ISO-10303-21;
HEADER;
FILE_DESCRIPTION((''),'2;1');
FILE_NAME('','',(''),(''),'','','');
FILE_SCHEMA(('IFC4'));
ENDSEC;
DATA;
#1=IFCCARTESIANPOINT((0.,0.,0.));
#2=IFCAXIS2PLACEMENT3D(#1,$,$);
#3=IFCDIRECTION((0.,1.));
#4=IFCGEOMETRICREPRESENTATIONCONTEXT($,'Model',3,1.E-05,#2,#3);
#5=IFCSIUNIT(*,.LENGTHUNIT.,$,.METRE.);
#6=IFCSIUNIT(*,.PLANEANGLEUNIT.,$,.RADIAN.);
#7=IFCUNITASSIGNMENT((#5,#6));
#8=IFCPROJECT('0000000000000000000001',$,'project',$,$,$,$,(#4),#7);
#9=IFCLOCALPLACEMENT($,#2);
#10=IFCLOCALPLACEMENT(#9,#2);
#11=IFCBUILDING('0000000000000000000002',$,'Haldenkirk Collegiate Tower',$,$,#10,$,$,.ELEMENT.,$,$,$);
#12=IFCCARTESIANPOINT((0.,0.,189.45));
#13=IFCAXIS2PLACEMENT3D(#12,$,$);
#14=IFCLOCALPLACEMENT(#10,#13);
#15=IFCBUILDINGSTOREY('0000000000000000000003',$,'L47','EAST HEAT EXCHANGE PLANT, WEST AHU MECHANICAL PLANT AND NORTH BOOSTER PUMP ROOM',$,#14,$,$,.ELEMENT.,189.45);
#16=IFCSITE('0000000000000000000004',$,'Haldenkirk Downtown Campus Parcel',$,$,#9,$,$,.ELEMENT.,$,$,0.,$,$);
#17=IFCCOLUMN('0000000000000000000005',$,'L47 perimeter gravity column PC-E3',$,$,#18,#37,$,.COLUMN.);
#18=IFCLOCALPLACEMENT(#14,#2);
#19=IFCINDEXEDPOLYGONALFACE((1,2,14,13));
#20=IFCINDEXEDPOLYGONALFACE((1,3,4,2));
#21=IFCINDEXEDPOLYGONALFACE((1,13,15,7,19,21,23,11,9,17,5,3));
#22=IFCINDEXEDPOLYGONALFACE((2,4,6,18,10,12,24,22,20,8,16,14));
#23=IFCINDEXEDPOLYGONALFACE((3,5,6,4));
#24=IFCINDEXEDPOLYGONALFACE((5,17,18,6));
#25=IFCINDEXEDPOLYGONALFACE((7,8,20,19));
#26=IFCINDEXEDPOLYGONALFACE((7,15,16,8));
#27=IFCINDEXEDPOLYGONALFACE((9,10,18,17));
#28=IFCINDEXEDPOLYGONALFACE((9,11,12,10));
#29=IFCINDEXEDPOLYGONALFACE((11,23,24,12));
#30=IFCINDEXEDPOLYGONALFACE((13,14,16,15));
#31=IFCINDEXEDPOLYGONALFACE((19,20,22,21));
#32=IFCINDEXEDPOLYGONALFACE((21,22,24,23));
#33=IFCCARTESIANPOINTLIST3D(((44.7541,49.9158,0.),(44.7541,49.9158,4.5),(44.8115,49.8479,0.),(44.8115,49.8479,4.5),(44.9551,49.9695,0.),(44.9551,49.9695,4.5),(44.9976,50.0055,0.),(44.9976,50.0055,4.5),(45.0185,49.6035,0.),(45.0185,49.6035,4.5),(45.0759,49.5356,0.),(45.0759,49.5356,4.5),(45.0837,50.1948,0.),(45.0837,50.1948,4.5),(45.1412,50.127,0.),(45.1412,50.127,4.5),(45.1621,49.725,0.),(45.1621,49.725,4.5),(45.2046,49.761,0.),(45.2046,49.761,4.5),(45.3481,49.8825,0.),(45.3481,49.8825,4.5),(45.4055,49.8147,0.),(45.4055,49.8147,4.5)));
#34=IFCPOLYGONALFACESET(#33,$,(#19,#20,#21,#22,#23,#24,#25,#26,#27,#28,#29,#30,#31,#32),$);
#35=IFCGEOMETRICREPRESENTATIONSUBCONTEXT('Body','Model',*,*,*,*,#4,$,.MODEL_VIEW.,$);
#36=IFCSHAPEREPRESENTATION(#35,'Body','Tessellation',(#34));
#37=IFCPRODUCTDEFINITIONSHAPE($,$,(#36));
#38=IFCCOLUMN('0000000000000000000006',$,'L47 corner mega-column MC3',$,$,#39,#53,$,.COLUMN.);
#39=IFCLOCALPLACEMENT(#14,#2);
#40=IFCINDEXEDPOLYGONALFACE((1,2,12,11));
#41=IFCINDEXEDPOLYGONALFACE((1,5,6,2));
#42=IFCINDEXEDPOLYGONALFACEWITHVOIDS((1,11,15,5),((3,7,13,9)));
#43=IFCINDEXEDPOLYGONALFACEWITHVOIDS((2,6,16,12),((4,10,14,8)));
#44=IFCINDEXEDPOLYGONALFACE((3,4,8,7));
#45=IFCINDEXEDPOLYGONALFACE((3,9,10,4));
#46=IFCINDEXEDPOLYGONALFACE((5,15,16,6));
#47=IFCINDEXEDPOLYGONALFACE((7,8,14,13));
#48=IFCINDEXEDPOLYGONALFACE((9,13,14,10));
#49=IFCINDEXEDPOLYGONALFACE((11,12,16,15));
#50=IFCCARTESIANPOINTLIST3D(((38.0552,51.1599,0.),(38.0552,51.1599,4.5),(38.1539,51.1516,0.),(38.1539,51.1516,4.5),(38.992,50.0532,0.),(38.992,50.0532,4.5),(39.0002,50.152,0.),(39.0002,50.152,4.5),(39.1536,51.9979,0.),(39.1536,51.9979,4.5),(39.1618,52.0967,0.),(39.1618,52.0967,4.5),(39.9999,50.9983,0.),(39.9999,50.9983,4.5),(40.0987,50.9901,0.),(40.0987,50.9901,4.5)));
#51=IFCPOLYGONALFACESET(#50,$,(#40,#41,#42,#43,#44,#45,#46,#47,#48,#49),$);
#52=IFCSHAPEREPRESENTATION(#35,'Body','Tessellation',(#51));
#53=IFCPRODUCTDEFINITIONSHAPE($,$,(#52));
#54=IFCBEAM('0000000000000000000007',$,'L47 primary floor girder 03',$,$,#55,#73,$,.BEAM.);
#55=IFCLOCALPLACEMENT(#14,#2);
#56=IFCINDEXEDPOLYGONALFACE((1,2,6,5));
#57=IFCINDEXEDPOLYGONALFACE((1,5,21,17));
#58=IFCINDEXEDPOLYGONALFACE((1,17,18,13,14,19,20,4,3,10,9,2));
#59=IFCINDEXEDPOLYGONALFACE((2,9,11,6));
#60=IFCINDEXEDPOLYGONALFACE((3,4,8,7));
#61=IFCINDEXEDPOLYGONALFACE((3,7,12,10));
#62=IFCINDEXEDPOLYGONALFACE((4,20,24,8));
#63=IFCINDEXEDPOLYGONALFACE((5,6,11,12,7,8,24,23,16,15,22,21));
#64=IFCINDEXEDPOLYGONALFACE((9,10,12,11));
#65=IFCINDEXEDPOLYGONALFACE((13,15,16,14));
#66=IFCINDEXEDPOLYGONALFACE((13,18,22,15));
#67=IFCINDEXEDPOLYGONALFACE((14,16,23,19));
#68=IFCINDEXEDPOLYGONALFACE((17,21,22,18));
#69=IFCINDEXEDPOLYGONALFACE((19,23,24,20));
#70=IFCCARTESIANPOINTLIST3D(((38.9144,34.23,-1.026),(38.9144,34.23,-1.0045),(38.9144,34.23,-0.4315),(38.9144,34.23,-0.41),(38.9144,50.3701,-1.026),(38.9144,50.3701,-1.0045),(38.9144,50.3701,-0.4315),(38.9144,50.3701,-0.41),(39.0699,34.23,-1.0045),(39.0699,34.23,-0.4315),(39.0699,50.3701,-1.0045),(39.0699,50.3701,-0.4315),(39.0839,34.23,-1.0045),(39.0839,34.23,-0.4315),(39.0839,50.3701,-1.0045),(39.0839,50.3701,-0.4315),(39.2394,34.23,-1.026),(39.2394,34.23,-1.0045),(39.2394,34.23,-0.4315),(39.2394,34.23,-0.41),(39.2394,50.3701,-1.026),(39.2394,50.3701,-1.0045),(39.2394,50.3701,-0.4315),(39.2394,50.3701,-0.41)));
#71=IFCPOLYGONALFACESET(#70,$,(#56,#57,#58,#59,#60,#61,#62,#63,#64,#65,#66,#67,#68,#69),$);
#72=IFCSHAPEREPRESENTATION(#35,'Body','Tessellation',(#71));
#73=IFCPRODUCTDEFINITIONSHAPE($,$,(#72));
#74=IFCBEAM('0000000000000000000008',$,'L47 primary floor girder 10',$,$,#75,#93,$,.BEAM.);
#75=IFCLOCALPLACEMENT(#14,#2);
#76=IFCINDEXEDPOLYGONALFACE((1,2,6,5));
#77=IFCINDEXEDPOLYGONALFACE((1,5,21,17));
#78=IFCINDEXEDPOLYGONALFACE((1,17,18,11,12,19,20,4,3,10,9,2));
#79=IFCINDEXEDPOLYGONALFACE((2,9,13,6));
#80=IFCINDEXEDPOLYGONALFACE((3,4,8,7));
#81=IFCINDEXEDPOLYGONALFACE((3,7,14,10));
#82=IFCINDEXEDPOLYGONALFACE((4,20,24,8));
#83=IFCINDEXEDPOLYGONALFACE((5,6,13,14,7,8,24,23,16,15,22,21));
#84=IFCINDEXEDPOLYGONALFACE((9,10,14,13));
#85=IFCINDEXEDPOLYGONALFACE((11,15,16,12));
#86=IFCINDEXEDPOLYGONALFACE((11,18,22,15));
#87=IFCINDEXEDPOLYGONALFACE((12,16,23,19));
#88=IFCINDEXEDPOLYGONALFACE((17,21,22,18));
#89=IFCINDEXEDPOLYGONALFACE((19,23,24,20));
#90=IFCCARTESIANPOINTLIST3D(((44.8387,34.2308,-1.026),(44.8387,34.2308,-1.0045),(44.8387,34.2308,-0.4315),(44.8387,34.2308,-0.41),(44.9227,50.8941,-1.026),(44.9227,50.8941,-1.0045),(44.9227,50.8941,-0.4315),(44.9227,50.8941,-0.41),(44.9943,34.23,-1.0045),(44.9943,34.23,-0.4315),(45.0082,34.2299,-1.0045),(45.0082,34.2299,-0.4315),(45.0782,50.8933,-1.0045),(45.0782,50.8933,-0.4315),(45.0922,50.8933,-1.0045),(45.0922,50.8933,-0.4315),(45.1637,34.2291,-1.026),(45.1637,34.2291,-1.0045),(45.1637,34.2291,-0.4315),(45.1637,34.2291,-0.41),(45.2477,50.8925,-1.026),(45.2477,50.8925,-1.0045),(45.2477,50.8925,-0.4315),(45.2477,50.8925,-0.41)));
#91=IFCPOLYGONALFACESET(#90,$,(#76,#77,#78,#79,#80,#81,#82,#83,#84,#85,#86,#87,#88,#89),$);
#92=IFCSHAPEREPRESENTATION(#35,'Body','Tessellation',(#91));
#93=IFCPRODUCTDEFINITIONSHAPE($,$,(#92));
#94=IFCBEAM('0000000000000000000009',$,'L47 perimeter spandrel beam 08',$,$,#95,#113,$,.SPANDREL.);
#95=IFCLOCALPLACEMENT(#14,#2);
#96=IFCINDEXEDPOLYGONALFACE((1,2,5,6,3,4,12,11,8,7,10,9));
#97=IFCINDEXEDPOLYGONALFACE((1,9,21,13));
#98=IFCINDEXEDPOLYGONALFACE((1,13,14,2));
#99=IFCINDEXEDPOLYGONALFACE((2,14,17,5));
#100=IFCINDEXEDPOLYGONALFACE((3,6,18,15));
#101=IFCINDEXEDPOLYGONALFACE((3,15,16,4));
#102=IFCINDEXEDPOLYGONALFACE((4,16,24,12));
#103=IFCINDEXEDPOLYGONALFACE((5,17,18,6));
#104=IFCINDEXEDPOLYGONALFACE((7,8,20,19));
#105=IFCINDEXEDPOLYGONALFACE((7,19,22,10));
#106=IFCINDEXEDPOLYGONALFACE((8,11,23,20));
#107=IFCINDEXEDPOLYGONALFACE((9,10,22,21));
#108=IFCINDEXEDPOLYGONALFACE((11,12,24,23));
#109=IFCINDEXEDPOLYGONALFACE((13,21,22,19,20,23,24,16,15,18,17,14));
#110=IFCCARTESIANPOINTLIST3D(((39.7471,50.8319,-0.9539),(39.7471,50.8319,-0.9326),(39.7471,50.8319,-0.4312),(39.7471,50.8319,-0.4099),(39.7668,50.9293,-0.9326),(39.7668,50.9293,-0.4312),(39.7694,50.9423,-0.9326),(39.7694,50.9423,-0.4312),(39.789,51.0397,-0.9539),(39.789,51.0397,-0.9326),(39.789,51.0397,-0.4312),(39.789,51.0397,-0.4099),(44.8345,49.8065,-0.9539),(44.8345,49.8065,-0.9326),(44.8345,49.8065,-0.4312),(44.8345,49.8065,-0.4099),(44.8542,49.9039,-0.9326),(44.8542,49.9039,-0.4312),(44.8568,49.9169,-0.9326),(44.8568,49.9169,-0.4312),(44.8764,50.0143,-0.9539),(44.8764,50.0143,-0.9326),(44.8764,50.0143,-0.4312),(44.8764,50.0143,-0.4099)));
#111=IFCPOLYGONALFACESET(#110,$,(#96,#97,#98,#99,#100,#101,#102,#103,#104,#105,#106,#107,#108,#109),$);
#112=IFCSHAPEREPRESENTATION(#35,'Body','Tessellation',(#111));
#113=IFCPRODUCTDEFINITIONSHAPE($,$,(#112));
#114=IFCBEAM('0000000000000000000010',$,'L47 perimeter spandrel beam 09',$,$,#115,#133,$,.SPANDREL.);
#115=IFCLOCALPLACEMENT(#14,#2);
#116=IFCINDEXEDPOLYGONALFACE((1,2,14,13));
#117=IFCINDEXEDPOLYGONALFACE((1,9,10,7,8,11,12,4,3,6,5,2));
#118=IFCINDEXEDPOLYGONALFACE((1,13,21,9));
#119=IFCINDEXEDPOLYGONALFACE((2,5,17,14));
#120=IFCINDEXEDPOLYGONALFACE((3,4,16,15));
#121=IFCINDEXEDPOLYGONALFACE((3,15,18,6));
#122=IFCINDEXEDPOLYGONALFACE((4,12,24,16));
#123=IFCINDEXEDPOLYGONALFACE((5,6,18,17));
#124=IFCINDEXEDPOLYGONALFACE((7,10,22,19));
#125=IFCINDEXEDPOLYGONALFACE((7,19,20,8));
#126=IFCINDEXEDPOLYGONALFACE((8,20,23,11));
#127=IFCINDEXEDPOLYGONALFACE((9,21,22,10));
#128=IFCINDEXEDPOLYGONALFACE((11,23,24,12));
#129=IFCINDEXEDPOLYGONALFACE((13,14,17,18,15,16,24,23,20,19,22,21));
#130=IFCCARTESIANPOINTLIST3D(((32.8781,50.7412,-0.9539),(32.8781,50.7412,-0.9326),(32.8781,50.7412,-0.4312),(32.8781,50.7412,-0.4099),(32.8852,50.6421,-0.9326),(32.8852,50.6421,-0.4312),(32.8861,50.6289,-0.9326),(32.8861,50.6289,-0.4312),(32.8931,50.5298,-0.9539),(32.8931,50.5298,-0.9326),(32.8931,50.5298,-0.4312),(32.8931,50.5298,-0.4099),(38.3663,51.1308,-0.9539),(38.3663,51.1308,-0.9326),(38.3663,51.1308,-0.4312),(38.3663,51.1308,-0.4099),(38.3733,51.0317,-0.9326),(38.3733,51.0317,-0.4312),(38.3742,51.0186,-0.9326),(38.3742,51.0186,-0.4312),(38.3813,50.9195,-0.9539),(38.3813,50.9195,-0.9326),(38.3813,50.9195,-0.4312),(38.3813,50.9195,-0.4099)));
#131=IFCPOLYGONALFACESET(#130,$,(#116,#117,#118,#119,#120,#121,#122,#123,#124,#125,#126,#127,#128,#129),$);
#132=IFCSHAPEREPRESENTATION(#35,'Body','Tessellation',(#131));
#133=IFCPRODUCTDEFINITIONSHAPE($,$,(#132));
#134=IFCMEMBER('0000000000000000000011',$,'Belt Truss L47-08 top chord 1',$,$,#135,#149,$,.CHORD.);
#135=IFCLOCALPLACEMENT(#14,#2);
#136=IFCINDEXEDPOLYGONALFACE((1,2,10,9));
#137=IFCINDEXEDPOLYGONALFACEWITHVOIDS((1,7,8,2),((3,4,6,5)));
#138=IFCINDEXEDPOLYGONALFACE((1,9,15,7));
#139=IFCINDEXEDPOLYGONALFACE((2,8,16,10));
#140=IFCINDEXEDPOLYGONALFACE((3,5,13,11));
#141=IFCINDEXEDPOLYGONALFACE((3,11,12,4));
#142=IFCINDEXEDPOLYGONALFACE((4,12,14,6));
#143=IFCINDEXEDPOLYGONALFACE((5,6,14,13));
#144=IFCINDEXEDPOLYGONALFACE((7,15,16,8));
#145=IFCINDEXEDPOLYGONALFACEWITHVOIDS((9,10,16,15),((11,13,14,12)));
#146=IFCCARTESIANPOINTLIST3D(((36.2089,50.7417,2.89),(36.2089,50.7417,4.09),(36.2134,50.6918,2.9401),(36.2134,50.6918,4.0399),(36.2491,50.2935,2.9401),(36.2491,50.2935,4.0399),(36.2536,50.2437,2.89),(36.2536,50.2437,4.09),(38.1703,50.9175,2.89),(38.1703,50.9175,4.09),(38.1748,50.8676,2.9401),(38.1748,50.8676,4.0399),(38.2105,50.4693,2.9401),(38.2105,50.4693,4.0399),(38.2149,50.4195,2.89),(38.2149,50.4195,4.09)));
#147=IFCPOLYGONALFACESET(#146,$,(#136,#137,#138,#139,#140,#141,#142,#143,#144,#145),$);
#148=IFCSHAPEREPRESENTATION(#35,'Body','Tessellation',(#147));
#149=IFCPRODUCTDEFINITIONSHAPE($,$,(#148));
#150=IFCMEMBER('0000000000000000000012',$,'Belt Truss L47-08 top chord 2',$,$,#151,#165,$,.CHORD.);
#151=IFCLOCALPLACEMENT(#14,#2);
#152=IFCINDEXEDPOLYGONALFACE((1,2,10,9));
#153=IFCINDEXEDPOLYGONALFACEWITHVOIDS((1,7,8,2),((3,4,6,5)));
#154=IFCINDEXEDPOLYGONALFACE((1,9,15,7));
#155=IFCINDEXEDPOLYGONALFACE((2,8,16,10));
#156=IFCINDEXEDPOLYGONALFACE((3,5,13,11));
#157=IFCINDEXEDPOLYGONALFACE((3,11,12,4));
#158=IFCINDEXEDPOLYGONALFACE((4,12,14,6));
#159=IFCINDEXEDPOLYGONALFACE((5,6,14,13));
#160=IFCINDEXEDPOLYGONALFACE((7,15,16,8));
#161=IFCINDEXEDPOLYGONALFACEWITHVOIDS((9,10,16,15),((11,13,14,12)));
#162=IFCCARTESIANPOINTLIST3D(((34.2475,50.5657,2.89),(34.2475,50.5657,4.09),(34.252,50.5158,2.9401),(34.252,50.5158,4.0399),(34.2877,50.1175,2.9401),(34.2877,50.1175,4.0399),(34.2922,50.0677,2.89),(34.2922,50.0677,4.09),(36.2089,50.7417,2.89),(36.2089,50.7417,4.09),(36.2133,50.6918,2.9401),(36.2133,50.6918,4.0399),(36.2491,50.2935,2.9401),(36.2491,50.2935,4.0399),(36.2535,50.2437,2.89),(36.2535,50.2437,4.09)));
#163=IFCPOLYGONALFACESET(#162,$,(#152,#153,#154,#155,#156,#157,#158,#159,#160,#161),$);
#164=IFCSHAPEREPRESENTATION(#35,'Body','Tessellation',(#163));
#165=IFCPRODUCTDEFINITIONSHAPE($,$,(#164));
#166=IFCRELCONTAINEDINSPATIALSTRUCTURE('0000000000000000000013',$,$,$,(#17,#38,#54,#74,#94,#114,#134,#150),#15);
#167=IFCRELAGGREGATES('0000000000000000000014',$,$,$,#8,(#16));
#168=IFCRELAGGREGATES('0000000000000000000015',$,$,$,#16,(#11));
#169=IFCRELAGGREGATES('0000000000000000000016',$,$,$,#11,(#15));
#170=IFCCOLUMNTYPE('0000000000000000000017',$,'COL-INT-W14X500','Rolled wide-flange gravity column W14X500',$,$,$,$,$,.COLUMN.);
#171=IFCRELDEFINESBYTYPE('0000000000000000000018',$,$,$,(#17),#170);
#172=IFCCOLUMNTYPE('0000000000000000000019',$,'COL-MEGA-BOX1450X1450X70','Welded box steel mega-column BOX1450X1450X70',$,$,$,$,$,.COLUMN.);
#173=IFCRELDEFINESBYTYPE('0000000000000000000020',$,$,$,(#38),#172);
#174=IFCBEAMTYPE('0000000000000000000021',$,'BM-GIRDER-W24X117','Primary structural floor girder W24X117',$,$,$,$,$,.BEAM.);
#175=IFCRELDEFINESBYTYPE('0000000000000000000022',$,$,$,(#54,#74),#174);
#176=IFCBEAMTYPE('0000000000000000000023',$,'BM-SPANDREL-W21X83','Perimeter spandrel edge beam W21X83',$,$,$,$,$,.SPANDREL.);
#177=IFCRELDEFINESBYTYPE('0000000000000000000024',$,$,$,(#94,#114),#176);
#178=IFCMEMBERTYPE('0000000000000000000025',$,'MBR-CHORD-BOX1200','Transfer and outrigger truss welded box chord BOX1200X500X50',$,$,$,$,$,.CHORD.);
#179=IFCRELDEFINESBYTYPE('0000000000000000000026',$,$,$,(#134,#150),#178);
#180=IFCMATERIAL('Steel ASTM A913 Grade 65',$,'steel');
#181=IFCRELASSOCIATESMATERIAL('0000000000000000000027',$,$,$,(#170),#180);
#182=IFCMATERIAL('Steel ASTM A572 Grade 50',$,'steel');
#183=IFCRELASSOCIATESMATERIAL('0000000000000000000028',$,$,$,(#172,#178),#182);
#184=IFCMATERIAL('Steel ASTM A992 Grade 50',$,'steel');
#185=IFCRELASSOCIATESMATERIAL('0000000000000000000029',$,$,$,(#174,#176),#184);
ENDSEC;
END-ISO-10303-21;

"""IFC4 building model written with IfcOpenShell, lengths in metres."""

from ifc_helpers import new_model, si_unit, direction, frame, origin, origin_2d, place, context, subcontext, project, spatial, hollow_rectangle, i_section, extrude, material, material_profile, profile_set, type_object, element, save


model = new_model("IFC4")

# Units and contexts
model_context = context("Model", 3, precision=1e-05, world=origin(), true_north=direction((0.0, 1.0)))
body_context = subcontext(model_context, "Body", "Model", "MODEL_VIEW")
ifc_project = project(units=[si_unit("LENGTHUNIT", "METRE"), si_unit("PLANEANGLEUNIT", "RADIAN")], contexts=[model_context])

# Site, building, storey
site_placement = place(None, origin())
site = spatial("IfcSite", under=ifc_project, at=site_placement, Name="Haldenkirk Downtown Campus Parcel", CompositionType="ELEMENT", RefElevation=0.0)
building_placement = place(site_placement, origin())
building = spatial("IfcBuilding", under=site, at=building_placement, Name="Haldenkirk Collegiate Tower", CompositionType="ELEMENT")
storey_placement = place(building_placement, frame((0.0, 0.0, 189.45)))
storey = spatial("IfcBuildingStorey", under=building, at=storey_placement, Name="L47", Description="EAST HEAT EXCHANGE PLANT, WEST AHU MECHANICAL PLANT AND NORTH BOOSTER PUMP ROOM", CompositionType="ELEMENT", Elevation=189.45)

# Columns
ifc_material_1 = material(Name="Steel ASTM A913 Grade 65", Category="steel")
ifc_material_profile_1 = material_profile(ifc_material_1, i_section(OverallWidth=0.4319, OverallDepth=0.498, WebThickness=0.0557, FlangeThickness=0.0889, at=origin_2d()), Name="W14X500")
ifc_profile_set_1 = profile_set([ifc_material_profile_1], Name="Steel ASTM A913 Grade 65")
column_type_1 = type_object("IfcColumnType", Name="COL-INT-W14X500", Description="Rolled wide-flange gravity column W14X500", PredefinedType="COLUMN", material=ifc_profile_set_1)
column_1_placement = place(storey_placement, frame((45.0798, 49.8652, 0.0), z_axis=(0.0, 0.0, 1.0), x_axis=(0.763232, 0.646124, 0.0)))
element("IfcColumn", 1, at=column_1_placement, inside=storey, type_object=column_type_1, Name="L47 perimeter gravity column PC-E3", PredefinedType="COLUMN", context=body_context, shape_type="SweptSolid", body=[
    extrude(i_section(OverallWidth=0.4319, OverallDepth=0.498, WebThickness=0.0557, FlangeThickness=0.0889, at=origin_2d()), origin(), (0.0, 0.0, 1.0), 4.5),
])
ifc_material_2 = material(Name="Steel ASTM A572 Grade 50", Category="steel")
ifc_material_profile_2 = material_profile(ifc_material_2, hollow_rectangle(XDim=1.45, YDim=1.45, WallThickness=0.0701, at=origin_2d()), Name="BOX1450X1450X70")
ifc_profile_set_2 = profile_set([ifc_material_profile_2], Name="Steel ASTM A572 Grade 50")
column_type_2 = type_object("IfcColumnType", Name="COL-MEGA-BOX1450X1450X70", Description="Welded box steel mega-column BOX1450X1450X70", PredefinedType="COLUMN", material=ifc_profile_set_2)
column_2_placement = place(storey_placement, frame((39.0769, 51.075, 0.0), z_axis=(0.0, 0.0, 1.0), x_axis=(0.763232, 0.646124, 0.0)))
element("IfcColumn", 2, at=column_2_placement, inside=storey, type_object=column_type_2, Name="L47 corner mega-column MC3", PredefinedType="COLUMN", context=body_context, shape_type="SweptSolid", body=[
    extrude(hollow_rectangle(XDim=1.45, YDim=1.45, WallThickness=0.0701, at=origin_2d()), origin(), (0.0, 0.0, 1.0), 4.5),
])

# Beams
ifc_material_3 = material(Name="Steel ASTM A992 Grade 50", Category="steel")
ifc_material_profile_3 = material_profile(ifc_material_3, i_section(OverallWidth=0.325, OverallDepth=0.616, WebThickness=0.0139, FlangeThickness=0.0215, at=origin_2d()), Name="W24X117")
ifc_profile_set_3 = profile_set([ifc_material_profile_3], Name="Steel ASTM A992 Grade 50")
beam_type_1 = type_object("IfcBeamType", Name="BM-GIRDER-W24X117", Description="Primary structural floor girder W24X117", PredefinedType="BEAM", material=ifc_profile_set_3)
beam_1_placement = place(storey_placement, frame((39.0769, 50.3701, -0.718), z_axis=(0.0, -1.0, 0.0), x_axis=(1.0, 0.0, 0.0)))
element("IfcBeam", 3, at=beam_1_placement, inside=storey, type_object=beam_type_1, Name="L47 primary floor girder 03", PredefinedType="BEAM", context=body_context, shape_type="SweptSolid", body=[
    extrude(i_section(OverallWidth=0.325, OverallDepth=0.616, WebThickness=0.0139, FlangeThickness=0.0215, at=origin_2d()), origin(), (0.0, 0.0, 1.0), 16.1401),
])
beam_2_placement = place(storey_placement, frame((45.0852, 50.8933, -0.718), z_axis=(-0.00504, -0.999987, 0.0), x_axis=(0.999987, -0.00504, 0.0)))
element("IfcBeam", 4, at=beam_2_placement, inside=storey, type_object=beam_type_1, Name="L47 primary floor girder 10", PredefinedType="BEAM", context=body_context, shape_type="SweptSolid", body=[
    extrude(i_section(OverallWidth=0.325, OverallDepth=0.616, WebThickness=0.0139, FlangeThickness=0.0215, at=origin_2d()), origin(), (0.0, 0.0, 1.0), 16.6636),
])
ifc_material_profile_4 = material_profile(ifc_material_3, i_section(OverallWidth=0.2119, OverallDepth=0.5439, WebThickness=0.0132, FlangeThickness=0.0212, at=origin_2d()), Name="W21X83")
ifc_profile_set_4 = profile_set([ifc_material_profile_4], Name="Steel ASTM A992 Grade 50")
beam_type_2 = type_object("IfcBeamType", Name="BM-SPANDREL-W21X83", Description="Perimeter spandrel edge beam W21X83", PredefinedType="SPANDREL", material=ifc_profile_set_4)
beam_3_placement = place(storey_placement, frame((44.8555, 49.9104, -0.6819), z_axis=(-0.980286, 0.197581, 0.0), x_axis=(-0.197581, -0.980286, 0.0)))
element("IfcBeam", 5, at=beam_3_placement, inside=storey, type_object=beam_type_2, Name="L47 perimeter spandrel beam 08", PredefinedType="SPANDREL", context=body_context, shape_type="SweptSolid", body=[
    extrude(i_section(OverallWidth=0.2119, OverallDepth=0.5439, WebThickness=0.0132, FlangeThickness=0.0212, at=origin_2d()), origin(), (0.0, 0.0, 1.0), 5.1897),
])
beam_4_placement = place(storey_placement, frame((38.3738, 51.0251, -0.6819), z_axis=(-0.997489, -0.070821, 0.0), x_axis=(0.070821, -0.997489, 0.0)))
element("IfcBeam", 6, at=beam_4_placement, inside=storey, type_object=beam_type_2, Name="L47 perimeter spandrel beam 09", PredefinedType="SPANDREL", context=body_context, shape_type="SweptSolid", body=[
    extrude(i_section(OverallWidth=0.2119, OverallDepth=0.5439, WebThickness=0.0132, FlangeThickness=0.0212, at=origin_2d()), origin(), (0.0, 0.0, 1.0), 5.502),
])

# Members
ifc_material_profile_5 = material_profile(ifc_material_2, hollow_rectangle(XDim=0.5, YDim=1.2, WallThickness=0.05, at=origin_2d()), Name="BOX1200X500X50")
ifc_profile_set_5 = profile_set([ifc_material_profile_5], Name="Steel ASTM A572 Grade 50")
member_type_1 = type_object("IfcMemberType", Name="MBR-CHORD-BOX1200", Description="Transfer and outrigger truss welded box chord BOX1200X500X50", PredefinedType="CHORD", material=ifc_profile_set_5)
for number, where, z_axis, x_axis, name in (
    (7, (38.1926, 50.6685, 3.49), (-0.996008, -0.089261, 0.0), (0.089261, -0.996008, 0.0), "Belt Truss L47-08 top chord 1"),
    (8, (36.2312, 50.4927, 3.49), (-0.995997, -0.089384, 0.0), (0.089384, -0.995997, 0.0), "Belt Truss L47-08 top chord 2"),
):
    element("IfcMember", number, at=place(storey_placement, frame(where, z_axis=z_axis, x_axis=x_axis)), inside=storey, type_object=member_type_1, Name=name, PredefinedType="CHORD", context=body_context, shape_type="SweptSolid", body=[
        extrude(hollow_rectangle(XDim=0.5, YDim=1.2, WallThickness=0.05, at=origin_2d()), origin(), (0.0, 0.0, 1.0), 1.9692),
    ])

save(model, "model.ifc")
